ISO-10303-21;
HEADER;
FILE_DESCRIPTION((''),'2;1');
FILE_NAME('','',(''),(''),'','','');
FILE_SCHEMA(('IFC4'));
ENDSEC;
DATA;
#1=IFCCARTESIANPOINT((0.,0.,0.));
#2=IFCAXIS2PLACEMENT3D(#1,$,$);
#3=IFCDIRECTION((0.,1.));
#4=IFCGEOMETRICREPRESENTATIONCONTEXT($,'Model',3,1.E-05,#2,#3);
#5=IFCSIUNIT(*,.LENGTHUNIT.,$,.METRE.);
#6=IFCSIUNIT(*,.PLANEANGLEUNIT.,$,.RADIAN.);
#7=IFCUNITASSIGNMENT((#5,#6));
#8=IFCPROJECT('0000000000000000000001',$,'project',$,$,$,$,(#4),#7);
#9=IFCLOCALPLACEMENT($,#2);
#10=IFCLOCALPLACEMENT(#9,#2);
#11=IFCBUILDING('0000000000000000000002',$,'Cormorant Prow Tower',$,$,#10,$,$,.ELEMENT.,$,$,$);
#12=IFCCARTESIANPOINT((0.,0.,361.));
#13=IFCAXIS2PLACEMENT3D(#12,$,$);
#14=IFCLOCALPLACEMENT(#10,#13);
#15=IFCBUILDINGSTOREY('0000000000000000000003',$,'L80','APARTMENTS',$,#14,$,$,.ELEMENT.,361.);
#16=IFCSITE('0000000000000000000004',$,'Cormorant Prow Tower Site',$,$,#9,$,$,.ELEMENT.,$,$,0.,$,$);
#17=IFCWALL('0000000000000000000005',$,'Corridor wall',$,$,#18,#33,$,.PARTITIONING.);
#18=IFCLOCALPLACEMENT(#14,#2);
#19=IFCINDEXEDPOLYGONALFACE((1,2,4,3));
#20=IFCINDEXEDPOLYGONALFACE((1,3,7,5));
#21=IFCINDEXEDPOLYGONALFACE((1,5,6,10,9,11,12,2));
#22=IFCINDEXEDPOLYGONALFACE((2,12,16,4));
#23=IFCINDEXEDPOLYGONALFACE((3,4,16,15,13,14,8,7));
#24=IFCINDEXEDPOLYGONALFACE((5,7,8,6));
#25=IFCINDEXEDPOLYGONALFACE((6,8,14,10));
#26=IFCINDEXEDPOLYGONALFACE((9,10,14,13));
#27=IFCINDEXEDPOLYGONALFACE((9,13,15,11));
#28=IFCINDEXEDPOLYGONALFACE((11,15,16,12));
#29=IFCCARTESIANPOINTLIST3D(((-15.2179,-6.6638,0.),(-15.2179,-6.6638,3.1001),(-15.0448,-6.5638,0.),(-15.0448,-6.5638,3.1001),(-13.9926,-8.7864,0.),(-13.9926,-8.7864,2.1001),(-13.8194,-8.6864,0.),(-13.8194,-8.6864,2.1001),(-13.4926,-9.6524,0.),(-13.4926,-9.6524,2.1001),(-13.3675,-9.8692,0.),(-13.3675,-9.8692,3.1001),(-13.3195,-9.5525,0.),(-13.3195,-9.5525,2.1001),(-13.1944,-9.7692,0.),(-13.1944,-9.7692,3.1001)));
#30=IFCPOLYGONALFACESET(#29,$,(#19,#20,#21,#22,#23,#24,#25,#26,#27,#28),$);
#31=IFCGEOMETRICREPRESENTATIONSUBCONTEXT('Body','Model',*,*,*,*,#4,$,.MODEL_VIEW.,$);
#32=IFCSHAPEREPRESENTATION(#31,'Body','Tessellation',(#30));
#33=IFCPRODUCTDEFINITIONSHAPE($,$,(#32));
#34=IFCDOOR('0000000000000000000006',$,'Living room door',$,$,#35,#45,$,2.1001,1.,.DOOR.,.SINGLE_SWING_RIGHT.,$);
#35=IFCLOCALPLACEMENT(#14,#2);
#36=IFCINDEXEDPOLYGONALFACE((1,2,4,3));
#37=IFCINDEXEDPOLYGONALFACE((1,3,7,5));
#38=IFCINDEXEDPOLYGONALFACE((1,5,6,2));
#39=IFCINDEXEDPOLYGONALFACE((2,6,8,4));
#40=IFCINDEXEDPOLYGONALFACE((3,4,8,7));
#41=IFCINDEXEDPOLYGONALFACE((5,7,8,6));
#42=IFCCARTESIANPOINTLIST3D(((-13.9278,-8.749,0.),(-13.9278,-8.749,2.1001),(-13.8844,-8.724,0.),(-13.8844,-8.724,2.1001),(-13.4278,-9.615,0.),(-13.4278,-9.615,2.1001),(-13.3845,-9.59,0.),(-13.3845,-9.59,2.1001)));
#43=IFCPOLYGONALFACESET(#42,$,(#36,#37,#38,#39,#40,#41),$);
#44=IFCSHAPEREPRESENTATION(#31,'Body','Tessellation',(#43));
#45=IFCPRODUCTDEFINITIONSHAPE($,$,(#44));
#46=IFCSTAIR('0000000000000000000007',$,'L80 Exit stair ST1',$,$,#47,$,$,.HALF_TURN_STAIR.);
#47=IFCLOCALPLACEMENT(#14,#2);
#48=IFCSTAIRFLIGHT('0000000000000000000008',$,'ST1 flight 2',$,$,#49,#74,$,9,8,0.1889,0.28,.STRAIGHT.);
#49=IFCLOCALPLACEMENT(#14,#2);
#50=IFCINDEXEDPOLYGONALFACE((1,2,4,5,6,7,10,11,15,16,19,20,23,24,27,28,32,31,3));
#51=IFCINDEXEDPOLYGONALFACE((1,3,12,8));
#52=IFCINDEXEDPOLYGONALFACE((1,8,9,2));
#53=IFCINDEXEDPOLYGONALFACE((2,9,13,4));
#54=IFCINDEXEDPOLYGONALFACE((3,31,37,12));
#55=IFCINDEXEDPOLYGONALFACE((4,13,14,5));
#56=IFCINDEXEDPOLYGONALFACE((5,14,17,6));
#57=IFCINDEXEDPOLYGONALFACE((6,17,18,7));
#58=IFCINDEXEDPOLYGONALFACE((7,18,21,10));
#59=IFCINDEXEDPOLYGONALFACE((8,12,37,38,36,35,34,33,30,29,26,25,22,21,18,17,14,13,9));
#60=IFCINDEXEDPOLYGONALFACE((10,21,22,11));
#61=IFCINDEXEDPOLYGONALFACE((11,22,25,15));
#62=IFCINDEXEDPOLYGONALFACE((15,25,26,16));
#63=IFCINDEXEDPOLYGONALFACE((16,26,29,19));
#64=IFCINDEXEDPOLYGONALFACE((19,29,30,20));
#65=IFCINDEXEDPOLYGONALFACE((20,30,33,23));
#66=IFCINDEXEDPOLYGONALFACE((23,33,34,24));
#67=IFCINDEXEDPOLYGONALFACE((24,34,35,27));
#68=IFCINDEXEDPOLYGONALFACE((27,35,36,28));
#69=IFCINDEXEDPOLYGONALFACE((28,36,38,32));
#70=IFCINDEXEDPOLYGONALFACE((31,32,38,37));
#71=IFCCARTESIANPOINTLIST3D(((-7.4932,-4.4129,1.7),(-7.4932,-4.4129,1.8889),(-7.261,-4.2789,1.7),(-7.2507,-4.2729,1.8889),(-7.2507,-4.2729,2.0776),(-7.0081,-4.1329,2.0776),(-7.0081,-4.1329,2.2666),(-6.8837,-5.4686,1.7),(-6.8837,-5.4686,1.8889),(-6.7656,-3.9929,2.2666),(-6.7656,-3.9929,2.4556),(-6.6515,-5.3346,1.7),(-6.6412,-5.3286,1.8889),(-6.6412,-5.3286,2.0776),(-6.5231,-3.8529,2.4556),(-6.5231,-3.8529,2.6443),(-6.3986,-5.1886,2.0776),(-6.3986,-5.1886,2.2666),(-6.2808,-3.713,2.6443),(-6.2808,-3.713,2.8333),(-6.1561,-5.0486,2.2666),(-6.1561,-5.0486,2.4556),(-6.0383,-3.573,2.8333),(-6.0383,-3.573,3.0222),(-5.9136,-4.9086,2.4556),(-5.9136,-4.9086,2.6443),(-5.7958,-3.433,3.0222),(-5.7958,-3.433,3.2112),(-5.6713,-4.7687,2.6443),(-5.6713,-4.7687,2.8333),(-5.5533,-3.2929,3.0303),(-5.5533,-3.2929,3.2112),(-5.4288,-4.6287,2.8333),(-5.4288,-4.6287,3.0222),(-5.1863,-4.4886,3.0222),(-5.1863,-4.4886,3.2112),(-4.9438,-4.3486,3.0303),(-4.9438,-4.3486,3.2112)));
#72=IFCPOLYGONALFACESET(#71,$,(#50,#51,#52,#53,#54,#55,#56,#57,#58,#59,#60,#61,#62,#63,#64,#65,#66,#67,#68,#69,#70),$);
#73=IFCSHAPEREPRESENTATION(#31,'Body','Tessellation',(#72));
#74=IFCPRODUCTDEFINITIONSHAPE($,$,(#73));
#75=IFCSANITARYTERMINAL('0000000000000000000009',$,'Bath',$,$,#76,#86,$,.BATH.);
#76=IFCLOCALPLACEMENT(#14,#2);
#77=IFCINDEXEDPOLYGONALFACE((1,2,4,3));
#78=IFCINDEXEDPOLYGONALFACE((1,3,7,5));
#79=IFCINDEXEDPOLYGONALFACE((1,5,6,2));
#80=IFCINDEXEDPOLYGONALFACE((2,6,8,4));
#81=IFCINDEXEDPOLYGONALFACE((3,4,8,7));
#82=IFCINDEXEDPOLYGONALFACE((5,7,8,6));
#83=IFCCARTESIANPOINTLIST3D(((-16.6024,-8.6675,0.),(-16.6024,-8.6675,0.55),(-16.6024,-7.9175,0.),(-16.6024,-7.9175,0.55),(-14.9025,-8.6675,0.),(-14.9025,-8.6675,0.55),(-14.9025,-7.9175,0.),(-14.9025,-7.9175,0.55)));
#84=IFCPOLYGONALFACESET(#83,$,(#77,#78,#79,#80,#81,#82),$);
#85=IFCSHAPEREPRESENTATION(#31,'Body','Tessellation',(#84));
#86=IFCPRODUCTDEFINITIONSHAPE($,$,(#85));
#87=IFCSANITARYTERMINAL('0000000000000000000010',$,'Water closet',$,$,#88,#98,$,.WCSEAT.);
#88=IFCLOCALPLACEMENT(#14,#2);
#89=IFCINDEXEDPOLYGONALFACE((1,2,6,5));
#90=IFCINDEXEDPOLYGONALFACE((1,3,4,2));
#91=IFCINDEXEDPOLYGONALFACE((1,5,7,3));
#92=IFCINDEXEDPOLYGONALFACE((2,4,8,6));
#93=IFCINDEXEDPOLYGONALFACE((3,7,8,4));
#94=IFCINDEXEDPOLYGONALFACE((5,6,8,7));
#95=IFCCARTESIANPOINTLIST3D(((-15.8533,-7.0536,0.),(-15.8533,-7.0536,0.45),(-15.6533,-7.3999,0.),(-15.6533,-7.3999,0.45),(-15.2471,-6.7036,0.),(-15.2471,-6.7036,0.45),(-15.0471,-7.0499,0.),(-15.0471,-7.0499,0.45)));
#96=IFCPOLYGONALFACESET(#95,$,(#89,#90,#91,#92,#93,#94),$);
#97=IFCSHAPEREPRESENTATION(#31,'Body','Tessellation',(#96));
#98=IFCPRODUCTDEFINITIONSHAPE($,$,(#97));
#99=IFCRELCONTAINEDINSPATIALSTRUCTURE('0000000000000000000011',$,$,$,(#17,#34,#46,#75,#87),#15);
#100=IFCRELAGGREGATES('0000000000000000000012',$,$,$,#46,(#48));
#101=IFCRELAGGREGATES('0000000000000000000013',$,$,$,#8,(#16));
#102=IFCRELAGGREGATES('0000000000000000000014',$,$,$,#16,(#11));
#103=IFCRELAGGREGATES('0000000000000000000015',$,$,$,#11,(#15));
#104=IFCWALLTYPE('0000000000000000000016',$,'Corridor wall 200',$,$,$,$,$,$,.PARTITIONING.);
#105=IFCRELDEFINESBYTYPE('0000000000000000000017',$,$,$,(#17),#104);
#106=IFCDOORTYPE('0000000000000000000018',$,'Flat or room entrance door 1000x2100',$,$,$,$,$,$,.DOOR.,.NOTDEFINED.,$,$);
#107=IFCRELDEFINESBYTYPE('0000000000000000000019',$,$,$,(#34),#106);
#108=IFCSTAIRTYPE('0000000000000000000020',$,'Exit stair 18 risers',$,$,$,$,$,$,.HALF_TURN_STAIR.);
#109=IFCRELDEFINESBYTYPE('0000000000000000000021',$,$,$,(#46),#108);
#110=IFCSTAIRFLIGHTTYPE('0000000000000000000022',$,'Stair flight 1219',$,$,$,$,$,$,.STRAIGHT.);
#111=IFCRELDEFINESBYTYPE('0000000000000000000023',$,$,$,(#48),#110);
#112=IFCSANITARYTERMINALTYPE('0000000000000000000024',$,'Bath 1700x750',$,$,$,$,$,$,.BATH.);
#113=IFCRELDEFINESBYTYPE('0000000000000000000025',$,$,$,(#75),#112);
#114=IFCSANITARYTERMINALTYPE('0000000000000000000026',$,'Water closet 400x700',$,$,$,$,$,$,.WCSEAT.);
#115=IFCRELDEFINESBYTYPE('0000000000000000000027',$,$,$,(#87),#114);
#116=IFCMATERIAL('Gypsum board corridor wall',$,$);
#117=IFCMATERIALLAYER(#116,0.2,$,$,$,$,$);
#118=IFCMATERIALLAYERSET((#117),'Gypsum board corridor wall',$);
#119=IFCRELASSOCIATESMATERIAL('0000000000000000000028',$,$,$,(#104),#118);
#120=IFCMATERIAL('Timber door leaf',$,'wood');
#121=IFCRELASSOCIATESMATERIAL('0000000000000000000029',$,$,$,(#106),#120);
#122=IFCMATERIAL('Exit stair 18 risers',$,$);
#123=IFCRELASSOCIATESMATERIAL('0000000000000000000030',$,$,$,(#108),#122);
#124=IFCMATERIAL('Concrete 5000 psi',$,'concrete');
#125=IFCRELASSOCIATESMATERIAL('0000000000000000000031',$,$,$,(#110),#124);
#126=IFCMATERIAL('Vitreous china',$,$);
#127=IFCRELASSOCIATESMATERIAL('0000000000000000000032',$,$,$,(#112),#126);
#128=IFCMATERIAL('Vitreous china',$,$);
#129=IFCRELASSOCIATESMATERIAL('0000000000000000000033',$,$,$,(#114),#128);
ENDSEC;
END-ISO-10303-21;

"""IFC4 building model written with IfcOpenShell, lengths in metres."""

from ifc_helpers import new_model, si_unit, direction, frame, frame_2d, origin, origin_2d, place, context, subcontext, project, spatial, polyline, rectangle, outline, extrude, material, layer, layer_set, type_object, element, fill, aggregate, save


model = new_model("IFC4")

# Units and contexts
model_context = context("Model", 3, precision=1e-05, world=origin(), true_north=direction((0.0, 1.0)))
body_context = subcontext(model_context, "Body", "Model", "MODEL_VIEW")
ifc_project = project(units=[si_unit("LENGTHUNIT", "METRE"), si_unit("PLANEANGLEUNIT", "RADIAN")], contexts=[model_context])

# Site, building, storey
site_placement = place(None, origin())
site = spatial("IfcSite", under=ifc_project, at=site_placement, Name="Cormorant Prow Tower Site", CompositionType="ELEMENT", RefElevation=0.0)
building_placement = place(site_placement, origin())
building = spatial("IfcBuilding", under=site, at=building_placement, Name="Cormorant Prow Tower", CompositionType="ELEMENT")
storey_placement = place(building_placement, frame((0.0, 0.0, 361.0)))
storey = spatial("IfcBuildingStorey", under=building, at=storey_placement, Name="L80", Description="APARTMENTS", CompositionType="ELEMENT", Elevation=361.0)

# Shared definitions
ifc_material_1 = material(Name="Gypsum board corridor wall")
ifc_layer_1 = layer(ifc_material_1, 0.2)
ifc_layer_set_1 = layer_set([ifc_layer_1], Name="Gypsum board corridor wall")
wall_type_1 = type_object("IfcWallType", Name="Corridor wall 200", PredefinedType="PARTITIONING", material=ifc_layer_set_1)
ifc_material_2 = material(Name="Timber door leaf", Category="wood")
door_type_1 = type_object("IfcDoorType", Name="Flat or room entrance door 1000x2100", OperationType="NOTDEFINED", PredefinedType="DOOR", material=ifc_material_2)

# Wall, opening, door
wall_1_placement = place(storey_placement, frame((-15.1313, -6.6138, 0.0), z_axis=(0.0, 0.0, 1.0), x_axis=(0.499949, -0.866055, 0.0)))
wall_1 = element("IfcWall", 1, at=wall_1_placement, inside=storey, type_object=wall_type_1, Name="Corridor wall", PredefinedType="PARTITIONING", context=body_context, shape_type="SweptSolid", body=[
    extrude(rectangle(XDim=3.7012, YDim=0.2, at=frame_2d((1.8506, 0.0))), origin(), (0.0, 0.0, 1.0), 3.1001),
])
opening_1_placement = place(wall_1_placement, frame((2.4509, 0.0, 0.0)))
opening_1 = element("IfcOpeningElement", 2, at=opening_1_placement, cuts=wall_1, PredefinedType="OPENING", context=body_context, shape_type="SweptSolid", body=[
    extrude(rectangle(XDim=1.0, YDim=2.1001, at=frame_2d((0.5, 1.05))), frame((0.0, 0.1099, 0.0), z_axis=(0.0, -1.0, 0.0), x_axis=(1.0, 0.0, 0.0)), (0.0, 0.0, 1.0), 0.22),
])
door_1_placement = place(opening_1_placement, origin())
door_1 = element("IfcDoor", 3, at=door_1_placement, inside=storey, type_object=door_type_1, Name="Living room door", OperationType="SINGLE_SWING_RIGHT", OverallHeight=2.1001, OverallWidth=1.0, PredefinedType="DOOR", context=body_context, shape_type="SweptSolid", body=[
    extrude(rectangle(XDim=1.0, YDim=2.1001, at=frame_2d((0.5, 1.05))), frame((0.0, 0.0249, 0.0), z_axis=(0.0, -1.0, 0.0), x_axis=(1.0, 0.0, 0.0)), (0.0, 0.0, 1.0), 0.05),
])
fill(opening_1, door_1)

# Stair, stair flight
ifc_material_3 = material(Name="Exit stair 18 risers")
stair_type = type_object("IfcStairType", Name="Exit stair 18 risers", PredefinedType="HALF_TURN_STAIR", material=ifc_material_3)
stair_placement = place(storey_placement, origin())
stair = element("IfcStair", 4, at=stair_placement, inside=storey, type_object=stair_type, Name="L80 Exit stair ST1", PredefinedType="HALF_TURN_STAIR")
ifc_material_4 = material(Name="Concrete 5000 psi", Category="concrete")
stair_flight_type = type_object("IfcStairFlightType", Name="Stair flight 1219", PredefinedType="STRAIGHT", material=ifc_material_4)
stair_flight_placement = place(storey_placement, frame((-7.1885, -4.9407, 1.7), z_axis=(0.0, 0.0, 1.0), x_axis=(0.866025, 0.5, 0.0)))
stair_flight = element("IfcStairFlight", 5, at=stair_flight_placement, type_object=stair_flight_type, Name="ST1 flight 2", NumberOfRisers=9, NumberOfTreads=8, PredefinedType="STRAIGHT", RiserHeight=0.1889, TreadLength=0.28, context=body_context, shape_type="SweptSolid", body=[
    extrude(outline(polyline([(0.0, 0.0), (0.0, 0.189), (0.28, 0.189), (0.28, 0.3777), (0.5601, 0.3777), (0.5601, 0.5667), (0.8401, 0.5667), (0.8401, 0.7556), (1.1201, 0.7556), (1.1201, 0.9443), (1.3999, 0.9443), (1.3999, 1.1333), (1.6799, 1.1333), (1.6799, 1.3223), (1.96, 1.3223), (1.96, 1.5112), (2.24, 1.5112), (2.24, 1.7), (2.24, 1.3303), (0.2681, 0.0), (0.0, 0.0)])), frame((0.0, 0.6094, 0.0), z_axis=(0.0, -1.0, 0.0), x_axis=(1.0, 0.0, 0.0)), (0.0, 0.0, 1.0), 1.219),
])
aggregate(stair, [stair_flight])

# Sanitary terminals
ifc_material_5 = material(Name="Vitreous china")
sanitary_terminal_type_1 = type_object("IfcSanitaryTerminalType", Name="Bath 1700x750", PredefinedType="BATH", material=ifc_material_5)
sanitary_terminal_1_placement = place(storey_placement, frame((-15.7524, -8.2925, 0.0), z_axis=(0.0, 0.0, 1.0), x_axis=(1.0, 0.0, 0.0)))
element("IfcSanitaryTerminal", 6, at=sanitary_terminal_1_placement, inside=storey, type_object=sanitary_terminal_type_1, Name="Bath", PredefinedType="BATH", context=body_context, shape_type="SweptSolid", body=[
    extrude(rectangle(XDim=1.7, YDim=0.75, at=origin_2d()), origin(), (0.0, 0.0, 1.0), 0.55),
])
ifc_material_6 = material(Name="Vitreous china")
sanitary_terminal_type_2 = type_object("IfcSanitaryTerminalType", Name="Water closet 400x700", PredefinedType="WCSEAT", material=ifc_material_6)
sanitary_terminal_2_placement = place(storey_placement, frame((-15.4502, -7.0518, 0.0), z_axis=(0.0, 0.0, 1.0), x_axis=(0.5, -0.866025, 0.0)))
element("IfcSanitaryTerminal", 7, at=sanitary_terminal_2_placement, inside=storey, type_object=sanitary_terminal_type_2, Name="Water closet", PredefinedType="WCSEAT", context=body_context, shape_type="SweptSolid", body=[
    extrude(rectangle(XDim=0.3999, YDim=0.7, at=origin_2d()), origin(), (0.0, 0.0, 1.0), 0.45),
])

save(model, "model.ifc")
